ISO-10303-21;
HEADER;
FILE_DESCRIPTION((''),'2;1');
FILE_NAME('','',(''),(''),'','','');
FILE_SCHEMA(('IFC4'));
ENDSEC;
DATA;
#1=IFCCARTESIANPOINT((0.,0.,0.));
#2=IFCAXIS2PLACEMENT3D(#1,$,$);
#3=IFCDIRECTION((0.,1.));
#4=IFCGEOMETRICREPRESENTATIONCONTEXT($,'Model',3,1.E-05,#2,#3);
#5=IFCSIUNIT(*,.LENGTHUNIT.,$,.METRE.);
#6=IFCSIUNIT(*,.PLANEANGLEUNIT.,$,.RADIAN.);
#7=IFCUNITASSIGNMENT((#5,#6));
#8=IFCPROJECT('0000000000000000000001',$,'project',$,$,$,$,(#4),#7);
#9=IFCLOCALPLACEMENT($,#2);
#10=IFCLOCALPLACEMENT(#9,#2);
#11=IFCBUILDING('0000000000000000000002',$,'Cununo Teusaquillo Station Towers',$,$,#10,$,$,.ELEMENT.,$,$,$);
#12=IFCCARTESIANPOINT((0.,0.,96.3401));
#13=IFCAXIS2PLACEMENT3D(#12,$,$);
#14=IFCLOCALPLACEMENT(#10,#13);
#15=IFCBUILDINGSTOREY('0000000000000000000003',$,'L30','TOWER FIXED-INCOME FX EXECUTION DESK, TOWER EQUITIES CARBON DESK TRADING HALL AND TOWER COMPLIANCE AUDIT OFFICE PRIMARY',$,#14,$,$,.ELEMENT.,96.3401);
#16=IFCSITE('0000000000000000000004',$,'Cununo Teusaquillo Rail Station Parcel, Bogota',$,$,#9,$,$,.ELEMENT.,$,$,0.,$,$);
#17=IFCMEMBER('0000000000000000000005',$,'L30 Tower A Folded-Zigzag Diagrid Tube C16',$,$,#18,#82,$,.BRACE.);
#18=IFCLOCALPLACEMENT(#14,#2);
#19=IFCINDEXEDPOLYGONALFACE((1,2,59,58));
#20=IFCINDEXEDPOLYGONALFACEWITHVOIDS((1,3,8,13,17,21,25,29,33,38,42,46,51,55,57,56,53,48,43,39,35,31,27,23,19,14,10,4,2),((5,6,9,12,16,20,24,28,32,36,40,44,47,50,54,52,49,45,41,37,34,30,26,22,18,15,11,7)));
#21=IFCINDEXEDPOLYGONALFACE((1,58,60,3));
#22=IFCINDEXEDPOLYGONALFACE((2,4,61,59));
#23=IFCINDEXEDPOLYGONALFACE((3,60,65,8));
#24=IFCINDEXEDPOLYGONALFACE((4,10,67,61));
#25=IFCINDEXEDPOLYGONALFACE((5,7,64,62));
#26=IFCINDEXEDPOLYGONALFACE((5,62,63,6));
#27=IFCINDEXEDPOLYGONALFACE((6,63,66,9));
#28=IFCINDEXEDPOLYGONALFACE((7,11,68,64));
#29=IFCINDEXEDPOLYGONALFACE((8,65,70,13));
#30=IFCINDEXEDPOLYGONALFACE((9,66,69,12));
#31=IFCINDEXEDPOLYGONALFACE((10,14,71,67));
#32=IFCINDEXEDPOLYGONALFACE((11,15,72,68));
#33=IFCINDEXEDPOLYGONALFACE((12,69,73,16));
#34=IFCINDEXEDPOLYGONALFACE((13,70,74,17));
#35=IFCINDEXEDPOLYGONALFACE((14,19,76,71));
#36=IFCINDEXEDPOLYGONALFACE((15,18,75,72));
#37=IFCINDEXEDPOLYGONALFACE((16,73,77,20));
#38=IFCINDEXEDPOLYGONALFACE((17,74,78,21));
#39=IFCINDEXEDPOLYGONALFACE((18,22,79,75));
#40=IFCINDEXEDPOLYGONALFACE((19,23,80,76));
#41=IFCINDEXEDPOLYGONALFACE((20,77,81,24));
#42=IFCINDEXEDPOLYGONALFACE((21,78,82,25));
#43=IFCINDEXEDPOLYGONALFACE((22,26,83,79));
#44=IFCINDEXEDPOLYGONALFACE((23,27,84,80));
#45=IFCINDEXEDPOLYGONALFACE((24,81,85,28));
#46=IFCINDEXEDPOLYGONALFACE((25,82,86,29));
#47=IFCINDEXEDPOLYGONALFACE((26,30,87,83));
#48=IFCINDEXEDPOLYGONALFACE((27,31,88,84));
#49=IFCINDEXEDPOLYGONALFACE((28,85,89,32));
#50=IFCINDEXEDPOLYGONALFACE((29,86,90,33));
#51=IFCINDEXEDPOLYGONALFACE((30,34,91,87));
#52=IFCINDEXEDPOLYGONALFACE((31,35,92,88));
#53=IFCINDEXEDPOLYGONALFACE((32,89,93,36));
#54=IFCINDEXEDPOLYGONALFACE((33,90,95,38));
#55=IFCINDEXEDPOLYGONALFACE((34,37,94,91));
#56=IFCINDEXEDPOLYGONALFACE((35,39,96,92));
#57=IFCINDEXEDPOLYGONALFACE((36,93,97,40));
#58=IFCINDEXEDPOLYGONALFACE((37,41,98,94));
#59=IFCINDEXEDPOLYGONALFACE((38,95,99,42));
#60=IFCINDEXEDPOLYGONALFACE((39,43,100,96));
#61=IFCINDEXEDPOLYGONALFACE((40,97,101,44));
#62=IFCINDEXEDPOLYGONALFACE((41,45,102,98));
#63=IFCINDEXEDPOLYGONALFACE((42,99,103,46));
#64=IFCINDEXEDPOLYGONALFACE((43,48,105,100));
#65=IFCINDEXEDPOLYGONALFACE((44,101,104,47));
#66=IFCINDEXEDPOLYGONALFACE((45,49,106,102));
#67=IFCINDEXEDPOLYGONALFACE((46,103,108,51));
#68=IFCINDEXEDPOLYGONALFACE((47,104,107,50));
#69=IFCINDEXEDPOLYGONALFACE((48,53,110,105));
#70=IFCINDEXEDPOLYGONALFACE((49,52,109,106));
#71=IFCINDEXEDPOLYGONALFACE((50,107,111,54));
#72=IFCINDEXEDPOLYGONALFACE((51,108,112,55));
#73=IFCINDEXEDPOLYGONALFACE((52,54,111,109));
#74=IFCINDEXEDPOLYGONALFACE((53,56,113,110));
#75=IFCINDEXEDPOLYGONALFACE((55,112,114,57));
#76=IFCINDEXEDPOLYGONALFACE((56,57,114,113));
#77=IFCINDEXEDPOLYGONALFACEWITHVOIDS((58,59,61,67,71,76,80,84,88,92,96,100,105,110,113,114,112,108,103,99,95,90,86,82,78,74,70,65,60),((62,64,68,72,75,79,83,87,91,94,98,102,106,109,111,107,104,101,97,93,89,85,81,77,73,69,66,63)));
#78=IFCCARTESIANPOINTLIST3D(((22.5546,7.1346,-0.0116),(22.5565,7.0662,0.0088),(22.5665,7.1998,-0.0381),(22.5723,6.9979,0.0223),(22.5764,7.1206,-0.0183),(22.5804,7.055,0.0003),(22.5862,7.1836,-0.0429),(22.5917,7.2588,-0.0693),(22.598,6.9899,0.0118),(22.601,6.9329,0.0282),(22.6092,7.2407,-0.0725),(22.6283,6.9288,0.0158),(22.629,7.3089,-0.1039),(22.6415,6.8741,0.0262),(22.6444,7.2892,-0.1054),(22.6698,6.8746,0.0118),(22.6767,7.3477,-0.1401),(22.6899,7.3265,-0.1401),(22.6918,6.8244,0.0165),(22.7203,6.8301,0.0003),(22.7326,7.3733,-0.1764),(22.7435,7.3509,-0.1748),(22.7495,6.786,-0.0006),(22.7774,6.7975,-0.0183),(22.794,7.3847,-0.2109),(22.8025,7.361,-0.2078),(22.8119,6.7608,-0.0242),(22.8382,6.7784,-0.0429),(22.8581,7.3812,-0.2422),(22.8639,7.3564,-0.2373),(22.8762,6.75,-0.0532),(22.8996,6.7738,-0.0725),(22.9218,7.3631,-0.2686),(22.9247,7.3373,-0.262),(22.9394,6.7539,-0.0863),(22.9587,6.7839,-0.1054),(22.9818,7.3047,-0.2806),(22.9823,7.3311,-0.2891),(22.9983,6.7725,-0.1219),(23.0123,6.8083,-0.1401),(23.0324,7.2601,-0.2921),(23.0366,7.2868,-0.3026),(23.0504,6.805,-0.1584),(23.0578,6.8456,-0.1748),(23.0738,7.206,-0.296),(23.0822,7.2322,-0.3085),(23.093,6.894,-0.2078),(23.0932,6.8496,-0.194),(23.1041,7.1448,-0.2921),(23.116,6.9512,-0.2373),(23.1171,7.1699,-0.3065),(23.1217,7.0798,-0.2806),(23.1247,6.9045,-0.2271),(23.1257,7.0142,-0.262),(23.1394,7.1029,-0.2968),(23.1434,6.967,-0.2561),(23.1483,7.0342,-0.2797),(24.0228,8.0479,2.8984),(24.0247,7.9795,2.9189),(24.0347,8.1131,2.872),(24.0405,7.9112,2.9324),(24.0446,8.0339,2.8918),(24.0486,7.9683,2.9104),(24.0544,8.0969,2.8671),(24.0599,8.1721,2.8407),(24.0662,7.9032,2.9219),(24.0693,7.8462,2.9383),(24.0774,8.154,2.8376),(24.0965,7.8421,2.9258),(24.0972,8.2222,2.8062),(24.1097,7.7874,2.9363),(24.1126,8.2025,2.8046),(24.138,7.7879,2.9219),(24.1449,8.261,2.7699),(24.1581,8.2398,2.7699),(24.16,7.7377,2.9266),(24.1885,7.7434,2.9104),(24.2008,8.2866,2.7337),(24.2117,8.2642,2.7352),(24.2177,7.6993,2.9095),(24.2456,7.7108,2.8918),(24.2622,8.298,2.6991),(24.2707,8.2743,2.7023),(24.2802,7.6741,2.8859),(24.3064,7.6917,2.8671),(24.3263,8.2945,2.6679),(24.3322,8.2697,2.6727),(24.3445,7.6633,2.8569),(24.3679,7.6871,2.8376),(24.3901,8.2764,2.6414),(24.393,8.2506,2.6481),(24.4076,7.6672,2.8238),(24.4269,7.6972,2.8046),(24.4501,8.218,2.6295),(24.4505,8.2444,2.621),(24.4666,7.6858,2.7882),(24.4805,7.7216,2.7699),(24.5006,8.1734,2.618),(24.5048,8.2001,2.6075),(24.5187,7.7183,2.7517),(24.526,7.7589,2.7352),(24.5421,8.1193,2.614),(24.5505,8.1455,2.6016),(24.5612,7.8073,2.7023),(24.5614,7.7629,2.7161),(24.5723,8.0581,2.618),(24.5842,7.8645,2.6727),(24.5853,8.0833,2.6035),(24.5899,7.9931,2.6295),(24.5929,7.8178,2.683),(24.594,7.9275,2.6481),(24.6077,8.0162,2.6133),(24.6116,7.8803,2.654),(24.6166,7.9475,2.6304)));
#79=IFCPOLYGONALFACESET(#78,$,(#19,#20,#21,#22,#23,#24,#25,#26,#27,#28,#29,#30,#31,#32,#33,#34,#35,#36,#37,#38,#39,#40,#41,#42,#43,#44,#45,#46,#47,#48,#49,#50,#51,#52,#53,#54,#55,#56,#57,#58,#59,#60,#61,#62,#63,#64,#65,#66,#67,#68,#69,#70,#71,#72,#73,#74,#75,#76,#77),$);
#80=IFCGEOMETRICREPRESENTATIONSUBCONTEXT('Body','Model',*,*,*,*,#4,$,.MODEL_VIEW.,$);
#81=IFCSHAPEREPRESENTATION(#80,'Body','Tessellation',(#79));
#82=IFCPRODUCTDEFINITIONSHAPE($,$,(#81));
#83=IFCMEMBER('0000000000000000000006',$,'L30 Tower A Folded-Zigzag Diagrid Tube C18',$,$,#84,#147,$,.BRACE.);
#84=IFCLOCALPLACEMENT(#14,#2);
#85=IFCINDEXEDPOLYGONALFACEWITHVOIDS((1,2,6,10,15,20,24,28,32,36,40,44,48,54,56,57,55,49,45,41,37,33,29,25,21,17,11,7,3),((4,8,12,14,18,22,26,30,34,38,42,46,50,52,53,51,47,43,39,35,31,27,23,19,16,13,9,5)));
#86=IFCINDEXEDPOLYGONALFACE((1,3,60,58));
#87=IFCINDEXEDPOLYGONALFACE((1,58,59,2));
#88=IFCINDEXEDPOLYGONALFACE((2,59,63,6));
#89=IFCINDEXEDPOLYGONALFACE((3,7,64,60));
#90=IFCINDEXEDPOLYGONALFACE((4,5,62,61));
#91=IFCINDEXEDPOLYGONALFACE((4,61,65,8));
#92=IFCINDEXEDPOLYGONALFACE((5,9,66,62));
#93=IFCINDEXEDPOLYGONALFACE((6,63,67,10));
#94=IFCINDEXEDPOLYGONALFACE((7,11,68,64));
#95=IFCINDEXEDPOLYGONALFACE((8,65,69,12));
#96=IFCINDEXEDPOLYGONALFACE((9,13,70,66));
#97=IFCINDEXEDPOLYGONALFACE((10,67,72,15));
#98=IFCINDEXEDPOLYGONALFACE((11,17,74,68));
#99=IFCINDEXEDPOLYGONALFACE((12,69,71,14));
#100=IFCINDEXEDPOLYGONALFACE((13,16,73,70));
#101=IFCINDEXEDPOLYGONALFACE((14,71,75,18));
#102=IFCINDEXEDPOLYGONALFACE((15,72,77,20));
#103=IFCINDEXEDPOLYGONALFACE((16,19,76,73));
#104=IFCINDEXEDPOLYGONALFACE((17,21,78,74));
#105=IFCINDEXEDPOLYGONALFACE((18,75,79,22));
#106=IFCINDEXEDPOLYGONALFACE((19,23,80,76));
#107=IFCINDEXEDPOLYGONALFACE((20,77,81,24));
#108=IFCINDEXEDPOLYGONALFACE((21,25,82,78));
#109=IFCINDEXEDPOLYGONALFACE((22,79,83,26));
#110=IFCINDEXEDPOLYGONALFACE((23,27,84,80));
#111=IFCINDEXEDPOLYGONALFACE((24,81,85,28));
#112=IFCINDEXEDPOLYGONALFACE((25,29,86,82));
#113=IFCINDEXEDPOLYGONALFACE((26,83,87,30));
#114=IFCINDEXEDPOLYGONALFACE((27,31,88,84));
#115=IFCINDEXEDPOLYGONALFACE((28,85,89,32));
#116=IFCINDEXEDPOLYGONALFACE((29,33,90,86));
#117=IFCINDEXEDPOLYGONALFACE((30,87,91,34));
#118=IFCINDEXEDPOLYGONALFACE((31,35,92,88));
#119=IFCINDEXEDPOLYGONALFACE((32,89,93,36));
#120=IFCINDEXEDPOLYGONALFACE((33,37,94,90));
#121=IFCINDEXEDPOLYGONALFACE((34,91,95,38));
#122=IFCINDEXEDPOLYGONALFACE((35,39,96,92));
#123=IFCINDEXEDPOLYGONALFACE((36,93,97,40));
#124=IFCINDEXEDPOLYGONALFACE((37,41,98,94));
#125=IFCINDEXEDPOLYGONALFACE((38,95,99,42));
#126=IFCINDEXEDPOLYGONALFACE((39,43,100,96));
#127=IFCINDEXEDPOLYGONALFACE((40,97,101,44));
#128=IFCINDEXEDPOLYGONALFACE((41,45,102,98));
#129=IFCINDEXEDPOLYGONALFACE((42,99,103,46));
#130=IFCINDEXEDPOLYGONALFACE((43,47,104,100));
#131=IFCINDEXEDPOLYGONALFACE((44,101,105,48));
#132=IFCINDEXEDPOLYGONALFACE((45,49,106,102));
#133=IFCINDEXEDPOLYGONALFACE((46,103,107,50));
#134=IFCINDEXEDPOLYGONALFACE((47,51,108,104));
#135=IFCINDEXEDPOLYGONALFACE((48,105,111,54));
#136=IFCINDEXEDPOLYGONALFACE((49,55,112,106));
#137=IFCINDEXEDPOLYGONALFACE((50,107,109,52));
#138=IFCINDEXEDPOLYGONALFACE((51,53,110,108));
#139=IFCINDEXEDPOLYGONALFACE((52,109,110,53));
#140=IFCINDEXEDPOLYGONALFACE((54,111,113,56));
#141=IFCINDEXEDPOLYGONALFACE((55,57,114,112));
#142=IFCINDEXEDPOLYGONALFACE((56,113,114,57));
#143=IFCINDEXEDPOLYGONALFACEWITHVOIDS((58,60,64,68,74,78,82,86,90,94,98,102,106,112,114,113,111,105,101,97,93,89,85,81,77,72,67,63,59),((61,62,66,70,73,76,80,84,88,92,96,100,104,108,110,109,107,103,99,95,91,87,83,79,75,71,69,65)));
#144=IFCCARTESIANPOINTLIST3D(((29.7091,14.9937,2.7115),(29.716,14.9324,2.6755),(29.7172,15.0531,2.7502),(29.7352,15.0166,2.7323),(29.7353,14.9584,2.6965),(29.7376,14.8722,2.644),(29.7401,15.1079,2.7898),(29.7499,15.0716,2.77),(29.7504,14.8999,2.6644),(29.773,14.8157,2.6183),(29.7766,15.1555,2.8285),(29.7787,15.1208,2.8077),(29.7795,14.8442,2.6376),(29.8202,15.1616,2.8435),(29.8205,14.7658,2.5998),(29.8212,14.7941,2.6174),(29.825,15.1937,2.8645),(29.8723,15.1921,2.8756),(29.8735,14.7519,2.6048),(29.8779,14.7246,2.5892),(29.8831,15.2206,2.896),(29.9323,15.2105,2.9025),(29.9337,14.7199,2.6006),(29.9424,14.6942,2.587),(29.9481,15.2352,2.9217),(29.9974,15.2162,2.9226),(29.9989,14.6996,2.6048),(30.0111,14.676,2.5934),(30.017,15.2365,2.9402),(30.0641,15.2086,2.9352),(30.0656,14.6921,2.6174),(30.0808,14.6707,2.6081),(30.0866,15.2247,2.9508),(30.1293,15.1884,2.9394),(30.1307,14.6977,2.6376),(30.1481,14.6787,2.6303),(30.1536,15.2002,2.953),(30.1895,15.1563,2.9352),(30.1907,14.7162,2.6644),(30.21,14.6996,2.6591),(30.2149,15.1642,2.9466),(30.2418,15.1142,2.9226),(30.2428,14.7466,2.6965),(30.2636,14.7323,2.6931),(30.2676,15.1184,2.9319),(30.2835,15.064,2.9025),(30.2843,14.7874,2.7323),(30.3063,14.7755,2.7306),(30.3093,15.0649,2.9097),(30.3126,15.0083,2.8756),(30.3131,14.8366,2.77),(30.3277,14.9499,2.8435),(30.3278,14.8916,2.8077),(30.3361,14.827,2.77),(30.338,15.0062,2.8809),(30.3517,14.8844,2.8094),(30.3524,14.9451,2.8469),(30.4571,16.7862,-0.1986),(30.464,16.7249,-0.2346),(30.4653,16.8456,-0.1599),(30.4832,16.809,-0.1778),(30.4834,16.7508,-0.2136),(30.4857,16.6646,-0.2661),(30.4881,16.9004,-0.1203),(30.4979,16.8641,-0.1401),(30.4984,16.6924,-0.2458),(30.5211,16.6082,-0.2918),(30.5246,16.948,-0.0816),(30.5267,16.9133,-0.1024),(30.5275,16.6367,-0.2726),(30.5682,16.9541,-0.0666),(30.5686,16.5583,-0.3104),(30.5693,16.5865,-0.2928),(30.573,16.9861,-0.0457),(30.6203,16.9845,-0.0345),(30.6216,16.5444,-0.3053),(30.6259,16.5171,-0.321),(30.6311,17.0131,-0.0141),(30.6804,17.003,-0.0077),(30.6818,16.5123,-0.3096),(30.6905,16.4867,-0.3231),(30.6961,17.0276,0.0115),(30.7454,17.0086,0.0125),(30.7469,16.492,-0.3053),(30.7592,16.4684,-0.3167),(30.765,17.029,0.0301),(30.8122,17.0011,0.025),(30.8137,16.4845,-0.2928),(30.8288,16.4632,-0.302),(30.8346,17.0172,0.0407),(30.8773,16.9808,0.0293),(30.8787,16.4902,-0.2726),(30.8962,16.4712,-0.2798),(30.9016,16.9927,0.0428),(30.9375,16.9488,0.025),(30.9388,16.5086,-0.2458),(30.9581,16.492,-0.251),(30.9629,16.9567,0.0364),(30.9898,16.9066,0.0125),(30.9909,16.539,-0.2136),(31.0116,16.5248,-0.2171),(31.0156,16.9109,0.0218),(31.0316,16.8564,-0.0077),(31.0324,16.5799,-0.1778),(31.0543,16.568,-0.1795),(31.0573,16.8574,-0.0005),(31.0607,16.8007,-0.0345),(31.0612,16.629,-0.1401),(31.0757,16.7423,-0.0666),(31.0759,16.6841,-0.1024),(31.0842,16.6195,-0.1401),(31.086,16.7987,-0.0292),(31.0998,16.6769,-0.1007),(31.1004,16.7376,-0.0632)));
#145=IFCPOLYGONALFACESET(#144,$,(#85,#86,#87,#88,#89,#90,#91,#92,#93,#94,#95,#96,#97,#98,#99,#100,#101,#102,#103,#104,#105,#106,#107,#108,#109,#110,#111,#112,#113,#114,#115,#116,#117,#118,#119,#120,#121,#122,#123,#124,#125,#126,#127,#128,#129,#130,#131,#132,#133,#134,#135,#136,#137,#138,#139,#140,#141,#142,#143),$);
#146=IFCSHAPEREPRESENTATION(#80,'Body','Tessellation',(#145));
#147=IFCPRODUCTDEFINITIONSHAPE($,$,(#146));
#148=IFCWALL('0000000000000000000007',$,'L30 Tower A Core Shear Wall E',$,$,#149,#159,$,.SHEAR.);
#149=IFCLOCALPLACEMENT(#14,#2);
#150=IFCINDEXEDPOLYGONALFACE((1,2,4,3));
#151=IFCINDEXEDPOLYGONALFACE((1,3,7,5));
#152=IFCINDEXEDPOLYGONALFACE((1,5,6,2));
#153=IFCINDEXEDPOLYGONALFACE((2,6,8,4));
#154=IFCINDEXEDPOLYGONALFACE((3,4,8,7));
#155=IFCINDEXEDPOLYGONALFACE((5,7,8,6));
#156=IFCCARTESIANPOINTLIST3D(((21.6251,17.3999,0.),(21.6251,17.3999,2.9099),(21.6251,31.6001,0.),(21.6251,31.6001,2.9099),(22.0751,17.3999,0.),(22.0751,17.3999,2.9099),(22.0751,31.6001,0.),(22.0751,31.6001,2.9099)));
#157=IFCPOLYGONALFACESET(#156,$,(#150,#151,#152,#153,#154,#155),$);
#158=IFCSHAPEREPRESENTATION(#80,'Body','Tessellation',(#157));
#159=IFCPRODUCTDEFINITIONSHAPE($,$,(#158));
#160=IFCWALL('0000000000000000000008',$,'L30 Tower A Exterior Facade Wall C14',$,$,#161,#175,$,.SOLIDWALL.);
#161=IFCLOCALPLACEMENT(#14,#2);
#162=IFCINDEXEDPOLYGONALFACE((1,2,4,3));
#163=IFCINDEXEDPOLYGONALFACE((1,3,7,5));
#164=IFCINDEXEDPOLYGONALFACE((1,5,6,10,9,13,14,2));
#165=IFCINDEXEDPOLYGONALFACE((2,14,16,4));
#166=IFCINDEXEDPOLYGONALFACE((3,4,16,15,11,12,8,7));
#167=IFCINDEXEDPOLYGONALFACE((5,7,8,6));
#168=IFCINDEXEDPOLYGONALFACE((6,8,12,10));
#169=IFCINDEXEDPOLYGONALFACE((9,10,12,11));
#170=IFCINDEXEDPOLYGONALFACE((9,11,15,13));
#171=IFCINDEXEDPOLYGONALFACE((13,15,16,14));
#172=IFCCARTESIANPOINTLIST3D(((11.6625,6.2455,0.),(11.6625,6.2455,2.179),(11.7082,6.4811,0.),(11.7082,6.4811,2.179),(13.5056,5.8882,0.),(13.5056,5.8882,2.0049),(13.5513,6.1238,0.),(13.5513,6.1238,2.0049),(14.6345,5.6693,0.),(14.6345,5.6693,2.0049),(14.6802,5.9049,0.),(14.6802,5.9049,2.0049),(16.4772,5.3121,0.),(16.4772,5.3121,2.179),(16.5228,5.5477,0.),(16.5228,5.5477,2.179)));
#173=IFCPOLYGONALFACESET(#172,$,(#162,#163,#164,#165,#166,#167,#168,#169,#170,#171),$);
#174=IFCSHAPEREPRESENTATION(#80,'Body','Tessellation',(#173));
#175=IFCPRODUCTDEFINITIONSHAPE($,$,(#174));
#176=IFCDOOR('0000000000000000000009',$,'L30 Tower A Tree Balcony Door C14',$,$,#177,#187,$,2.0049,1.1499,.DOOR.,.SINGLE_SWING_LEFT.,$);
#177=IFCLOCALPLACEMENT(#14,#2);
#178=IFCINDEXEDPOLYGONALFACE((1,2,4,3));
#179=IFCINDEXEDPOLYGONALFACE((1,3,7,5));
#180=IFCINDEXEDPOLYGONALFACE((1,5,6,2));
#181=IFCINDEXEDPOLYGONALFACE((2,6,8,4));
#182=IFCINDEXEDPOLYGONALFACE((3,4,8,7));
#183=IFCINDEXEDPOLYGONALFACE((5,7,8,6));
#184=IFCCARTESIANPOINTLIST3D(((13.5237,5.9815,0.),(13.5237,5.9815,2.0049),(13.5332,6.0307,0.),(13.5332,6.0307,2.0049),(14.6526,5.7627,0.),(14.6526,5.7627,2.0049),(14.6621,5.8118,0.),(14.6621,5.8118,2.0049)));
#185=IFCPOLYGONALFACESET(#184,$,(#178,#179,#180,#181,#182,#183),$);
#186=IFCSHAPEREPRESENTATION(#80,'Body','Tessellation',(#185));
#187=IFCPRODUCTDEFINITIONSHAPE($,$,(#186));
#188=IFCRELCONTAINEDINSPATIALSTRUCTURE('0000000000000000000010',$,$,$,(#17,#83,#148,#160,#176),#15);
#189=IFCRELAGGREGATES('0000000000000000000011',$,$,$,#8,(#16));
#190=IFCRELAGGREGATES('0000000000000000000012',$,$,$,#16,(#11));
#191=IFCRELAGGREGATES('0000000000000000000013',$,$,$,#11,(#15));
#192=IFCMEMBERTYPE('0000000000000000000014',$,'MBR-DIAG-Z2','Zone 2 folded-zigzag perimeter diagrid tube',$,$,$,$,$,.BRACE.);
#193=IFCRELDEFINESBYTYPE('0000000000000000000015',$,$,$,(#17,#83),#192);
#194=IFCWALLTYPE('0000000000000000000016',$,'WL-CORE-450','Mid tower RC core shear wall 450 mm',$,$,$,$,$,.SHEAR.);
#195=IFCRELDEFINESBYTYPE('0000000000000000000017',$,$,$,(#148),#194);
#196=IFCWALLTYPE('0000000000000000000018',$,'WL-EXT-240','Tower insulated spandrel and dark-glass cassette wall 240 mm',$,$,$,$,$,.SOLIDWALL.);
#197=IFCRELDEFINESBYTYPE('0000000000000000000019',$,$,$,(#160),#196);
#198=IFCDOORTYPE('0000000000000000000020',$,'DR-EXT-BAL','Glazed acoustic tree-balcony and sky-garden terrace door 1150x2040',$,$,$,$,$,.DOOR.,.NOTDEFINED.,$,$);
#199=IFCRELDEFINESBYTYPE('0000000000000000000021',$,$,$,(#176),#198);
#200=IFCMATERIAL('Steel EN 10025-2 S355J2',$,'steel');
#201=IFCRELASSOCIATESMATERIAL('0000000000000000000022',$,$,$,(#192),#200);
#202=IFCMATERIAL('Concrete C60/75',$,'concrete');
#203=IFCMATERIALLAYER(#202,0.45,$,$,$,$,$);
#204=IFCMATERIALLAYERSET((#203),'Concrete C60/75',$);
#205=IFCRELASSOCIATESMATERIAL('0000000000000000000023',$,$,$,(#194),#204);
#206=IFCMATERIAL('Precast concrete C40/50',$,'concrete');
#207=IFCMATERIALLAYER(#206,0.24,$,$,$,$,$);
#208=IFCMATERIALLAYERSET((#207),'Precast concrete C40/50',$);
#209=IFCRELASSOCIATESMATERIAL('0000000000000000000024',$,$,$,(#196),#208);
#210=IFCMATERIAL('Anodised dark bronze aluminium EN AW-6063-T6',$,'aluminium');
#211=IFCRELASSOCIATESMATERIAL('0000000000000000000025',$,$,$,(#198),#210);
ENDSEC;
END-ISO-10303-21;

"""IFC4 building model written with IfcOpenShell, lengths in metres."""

from ifc_helpers import new_model, si_unit, direction, frame, frame_2d, origin, origin_2d, place, context, subcontext, project, spatial, rectangle, hollow_circle, extrude, source, transform, mapped, material, layer, layer_set, material_profile, profile_set, type_object, element, fill, save


model = new_model("IFC4")

# Units and contexts
model_context = context("Model", 3, precision=1e-05, world=origin(), true_north=direction((0.0, 1.0)))
body_context = subcontext(model_context, "Body", "Model", "MODEL_VIEW")
ifc_project = project(units=[si_unit("LENGTHUNIT", "METRE"), si_unit("PLANEANGLEUNIT", "RADIAN")], contexts=[model_context])

# Site, building, storey
site_placement = place(None, origin())
site = spatial("IfcSite", under=ifc_project, at=site_placement, Name="Cununo Teusaquillo Rail Station Parcel, Bogota", CompositionType="ELEMENT", RefElevation=0.0)
building_placement = place(site_placement, origin())
building = spatial("IfcBuilding", under=site, at=building_placement, Name="Cununo Teusaquillo Station Towers", CompositionType="ELEMENT")
storey_placement = place(building_placement, frame((0.0, 0.0, 96.3401)))
storey = spatial("IfcBuildingStorey", under=building, at=storey_placement, Name="L30", Description="TOWER FIXED-INCOME FX EXECUTION DESK, TOWER EQUITIES CARBON DESK TRADING HALL AND TOWER COMPLIANCE AUDIT OFFICE PRIMARY", CompositionType="ELEMENT", Elevation=96.3401)

# Members
ifc_material_1 = material(Name="Steel EN 10025-2 S355J2", Category="steel")
ifc_material_profile_1 = material_profile(ifc_material_1, hollow_circle(Radius=0.3301, WallThickness=0.0249, at=origin_2d()), Name="CHS 660x25")
ifc_profile_set_1 = profile_set([ifc_material_profile_1], Name="Steel EN 10025-2 S355J2")
member_type = type_object("IfcMemberType", Name="MBR-DIAG-Z2", Description="Zone 2 folded-zigzag perimeter diagrid tube", PredefinedType="BRACE", material=ifc_profile_set_1)
member_1_placement = place(storey_placement, frame((22.8511, 7.0674, -0.1401), z_axis=(0.433741, 0.269808, 0.859693), x_axis=(-0.528196, 0.849123, 0.0)))
element("IfcMember", 1, at=member_1_placement, inside=storey, type_object=member_type, Name="L30 Tower A Folded-Zigzag Diagrid Tube C16", PredefinedType="BRACE", context=body_context, shape_type="SweptSolid", body=[
    extrude(hollow_circle(Radius=0.3301, WallThickness=0.0249, at=origin_2d()), origin(), (0.0, 0.0, 1.0), 3.385),
])
member_2_placement = place(storey_placement, frame((30.7795, 16.7466, -0.1401), z_axis=(-0.213801, -0.512314, 0.831759), x_axis=(0.922861, -0.385133, 0.0)))
element("IfcMember", 2, at=member_2_placement, inside=storey, type_object=member_type, Name="L30 Tower A Folded-Zigzag Diagrid Tube C18", PredefinedType="BRACE", context=body_context, shape_type="SweptSolid", body=[
    extrude(hollow_circle(Radius=0.3301, WallThickness=0.0249, at=origin_2d()), origin(), (0.0, 0.0, 1.0), 3.4988),
])

# Wall
ifc_material_2 = material(Name="Concrete C60/75", Category="concrete")
ifc_layer_1 = layer(ifc_material_2, 0.45)
ifc_layer_set_1 = layer_set([ifc_layer_1], Name="Concrete C60/75")
wall_type_1 = type_object("IfcWallType", Name="WL-CORE-450", Description="Mid tower RC core shear wall 450 mm", PredefinedType="SHEAR", material=ifc_layer_set_1)
wall_1_placement = place(storey_placement, frame((21.8501, 17.3999, 0.0), z_axis=(0.0, 0.0, 1.0), x_axis=(0.0, 1.0, 0.0)))
element("IfcWall", 3, at=wall_1_placement, inside=storey, type_object=wall_type_1, Name="L30 Tower A Core Shear Wall E", PredefinedType="SHEAR", context=body_context, shape_type="SweptSolid", body=[
    extrude(rectangle(XDim=14.2002, YDim=0.45, at=frame_2d((7.1001, 0.0))), origin(), (0.0, 0.0, 1.0), 2.9099),
])

# Wall, opening, door
ifc_material_3 = material(Name="Precast concrete C40/50", Category="concrete")
ifc_layer_2 = layer(ifc_material_3, 0.24)
ifc_layer_set_2 = layer_set([ifc_layer_2], Name="Precast concrete C40/50")
wall_type_2 = type_object("IfcWallType", Name="WL-EXT-240", Description="Tower insulated spandrel and dark-glass cassette wall 240 mm", PredefinedType="SOLIDWALL", material=ifc_layer_set_2)
wall_2_placement = place(storey_placement, frame((16.5, 5.4299, 0.0), z_axis=(0.0, 0.0, 1.0), x_axis=(-0.981724, 0.190311, 0.0)))
wall_2 = element("IfcWall", 4, at=wall_2_placement, inside=storey, type_object=wall_type_2, Name="L30 Tower A Exterior Facade Wall C14", PredefinedType="SOLIDWALL", context=body_context, shape_type="SweptSolid", body=[
    extrude(rectangle(XDim=4.9043, YDim=0.24, at=frame_2d((2.4521, 0.0))), origin(), (0.0, 0.0, 1.0), 2.179),
])
shared_shape_1 = source(origin(), body_context, "Body", "SweptSolid", [
    extrude(rectangle(XDim=1.1499, YDim=2.0049, at=frame_2d((0.575, 1.0024))), frame((0.0, 0.1299, 0.0), z_axis=(0.0, -1.0, 0.0), x_axis=(1.0, 0.0, 0.0)), (0.0, 0.0, 1.0), 0.26),
])
opening_1_placement = place(wall_2_placement, frame((1.877, 0.0, 0.0)))
opening_1 = element("IfcOpeningElement", 5, at=opening_1_placement, cuts=wall_2, PredefinedType="OPENING", context=body_context, shape_type="MappedRepresentation", body=[
    mapped(shared_shape_1, transform((0.0, 0.0, 0.0), x_axis=(1.0, 0.0, 0.0), y_axis=(0.0, 1.0, 0.0), z_axis=(0.0, 0.0, 1.0), scale=1.0)),
])
ifc_material_4 = material(Name="Anodised dark bronze aluminium EN AW-6063-T6", Category="aluminium")
door_type_1 = type_object("IfcDoorType", Name="DR-EXT-BAL", Description="Glazed acoustic tree-balcony and sky-garden terrace door 1150x2040", OperationType="NOTDEFINED", PredefinedType="DOOR", material=ifc_material_4)
shared_shape_2 = source(origin(), body_context, "Body", "SweptSolid", [
    extrude(rectangle(XDim=1.1499, YDim=2.0049, at=frame_2d((0.575, 1.0024))), frame((0.0, 0.0249, 0.0), z_axis=(0.0, -1.0, 0.0), x_axis=(1.0, 0.0, 0.0)), (0.0, 0.0, 1.0), 0.05),
])
door_1_placement = place(opening_1_placement, origin())
door_1 = element("IfcDoor", 6, at=door_1_placement, inside=storey, type_object=door_type_1, Name="L30 Tower A Tree Balcony Door C14", OperationType="SINGLE_SWING_LEFT", OverallHeight=2.0049, OverallWidth=1.1499, PredefinedType="DOOR", context=body_context, shape_type="MappedRepresentation", body=[
    mapped(shared_shape_2, transform((0.0, 0.0, 0.0), x_axis=(1.0, 0.0, 0.0), y_axis=(0.0, 1.0, 0.0), z_axis=(0.0, 0.0, 1.0), scale=1.0)),
])
fill(opening_1, door_1)

save(model, "model.ifc")
